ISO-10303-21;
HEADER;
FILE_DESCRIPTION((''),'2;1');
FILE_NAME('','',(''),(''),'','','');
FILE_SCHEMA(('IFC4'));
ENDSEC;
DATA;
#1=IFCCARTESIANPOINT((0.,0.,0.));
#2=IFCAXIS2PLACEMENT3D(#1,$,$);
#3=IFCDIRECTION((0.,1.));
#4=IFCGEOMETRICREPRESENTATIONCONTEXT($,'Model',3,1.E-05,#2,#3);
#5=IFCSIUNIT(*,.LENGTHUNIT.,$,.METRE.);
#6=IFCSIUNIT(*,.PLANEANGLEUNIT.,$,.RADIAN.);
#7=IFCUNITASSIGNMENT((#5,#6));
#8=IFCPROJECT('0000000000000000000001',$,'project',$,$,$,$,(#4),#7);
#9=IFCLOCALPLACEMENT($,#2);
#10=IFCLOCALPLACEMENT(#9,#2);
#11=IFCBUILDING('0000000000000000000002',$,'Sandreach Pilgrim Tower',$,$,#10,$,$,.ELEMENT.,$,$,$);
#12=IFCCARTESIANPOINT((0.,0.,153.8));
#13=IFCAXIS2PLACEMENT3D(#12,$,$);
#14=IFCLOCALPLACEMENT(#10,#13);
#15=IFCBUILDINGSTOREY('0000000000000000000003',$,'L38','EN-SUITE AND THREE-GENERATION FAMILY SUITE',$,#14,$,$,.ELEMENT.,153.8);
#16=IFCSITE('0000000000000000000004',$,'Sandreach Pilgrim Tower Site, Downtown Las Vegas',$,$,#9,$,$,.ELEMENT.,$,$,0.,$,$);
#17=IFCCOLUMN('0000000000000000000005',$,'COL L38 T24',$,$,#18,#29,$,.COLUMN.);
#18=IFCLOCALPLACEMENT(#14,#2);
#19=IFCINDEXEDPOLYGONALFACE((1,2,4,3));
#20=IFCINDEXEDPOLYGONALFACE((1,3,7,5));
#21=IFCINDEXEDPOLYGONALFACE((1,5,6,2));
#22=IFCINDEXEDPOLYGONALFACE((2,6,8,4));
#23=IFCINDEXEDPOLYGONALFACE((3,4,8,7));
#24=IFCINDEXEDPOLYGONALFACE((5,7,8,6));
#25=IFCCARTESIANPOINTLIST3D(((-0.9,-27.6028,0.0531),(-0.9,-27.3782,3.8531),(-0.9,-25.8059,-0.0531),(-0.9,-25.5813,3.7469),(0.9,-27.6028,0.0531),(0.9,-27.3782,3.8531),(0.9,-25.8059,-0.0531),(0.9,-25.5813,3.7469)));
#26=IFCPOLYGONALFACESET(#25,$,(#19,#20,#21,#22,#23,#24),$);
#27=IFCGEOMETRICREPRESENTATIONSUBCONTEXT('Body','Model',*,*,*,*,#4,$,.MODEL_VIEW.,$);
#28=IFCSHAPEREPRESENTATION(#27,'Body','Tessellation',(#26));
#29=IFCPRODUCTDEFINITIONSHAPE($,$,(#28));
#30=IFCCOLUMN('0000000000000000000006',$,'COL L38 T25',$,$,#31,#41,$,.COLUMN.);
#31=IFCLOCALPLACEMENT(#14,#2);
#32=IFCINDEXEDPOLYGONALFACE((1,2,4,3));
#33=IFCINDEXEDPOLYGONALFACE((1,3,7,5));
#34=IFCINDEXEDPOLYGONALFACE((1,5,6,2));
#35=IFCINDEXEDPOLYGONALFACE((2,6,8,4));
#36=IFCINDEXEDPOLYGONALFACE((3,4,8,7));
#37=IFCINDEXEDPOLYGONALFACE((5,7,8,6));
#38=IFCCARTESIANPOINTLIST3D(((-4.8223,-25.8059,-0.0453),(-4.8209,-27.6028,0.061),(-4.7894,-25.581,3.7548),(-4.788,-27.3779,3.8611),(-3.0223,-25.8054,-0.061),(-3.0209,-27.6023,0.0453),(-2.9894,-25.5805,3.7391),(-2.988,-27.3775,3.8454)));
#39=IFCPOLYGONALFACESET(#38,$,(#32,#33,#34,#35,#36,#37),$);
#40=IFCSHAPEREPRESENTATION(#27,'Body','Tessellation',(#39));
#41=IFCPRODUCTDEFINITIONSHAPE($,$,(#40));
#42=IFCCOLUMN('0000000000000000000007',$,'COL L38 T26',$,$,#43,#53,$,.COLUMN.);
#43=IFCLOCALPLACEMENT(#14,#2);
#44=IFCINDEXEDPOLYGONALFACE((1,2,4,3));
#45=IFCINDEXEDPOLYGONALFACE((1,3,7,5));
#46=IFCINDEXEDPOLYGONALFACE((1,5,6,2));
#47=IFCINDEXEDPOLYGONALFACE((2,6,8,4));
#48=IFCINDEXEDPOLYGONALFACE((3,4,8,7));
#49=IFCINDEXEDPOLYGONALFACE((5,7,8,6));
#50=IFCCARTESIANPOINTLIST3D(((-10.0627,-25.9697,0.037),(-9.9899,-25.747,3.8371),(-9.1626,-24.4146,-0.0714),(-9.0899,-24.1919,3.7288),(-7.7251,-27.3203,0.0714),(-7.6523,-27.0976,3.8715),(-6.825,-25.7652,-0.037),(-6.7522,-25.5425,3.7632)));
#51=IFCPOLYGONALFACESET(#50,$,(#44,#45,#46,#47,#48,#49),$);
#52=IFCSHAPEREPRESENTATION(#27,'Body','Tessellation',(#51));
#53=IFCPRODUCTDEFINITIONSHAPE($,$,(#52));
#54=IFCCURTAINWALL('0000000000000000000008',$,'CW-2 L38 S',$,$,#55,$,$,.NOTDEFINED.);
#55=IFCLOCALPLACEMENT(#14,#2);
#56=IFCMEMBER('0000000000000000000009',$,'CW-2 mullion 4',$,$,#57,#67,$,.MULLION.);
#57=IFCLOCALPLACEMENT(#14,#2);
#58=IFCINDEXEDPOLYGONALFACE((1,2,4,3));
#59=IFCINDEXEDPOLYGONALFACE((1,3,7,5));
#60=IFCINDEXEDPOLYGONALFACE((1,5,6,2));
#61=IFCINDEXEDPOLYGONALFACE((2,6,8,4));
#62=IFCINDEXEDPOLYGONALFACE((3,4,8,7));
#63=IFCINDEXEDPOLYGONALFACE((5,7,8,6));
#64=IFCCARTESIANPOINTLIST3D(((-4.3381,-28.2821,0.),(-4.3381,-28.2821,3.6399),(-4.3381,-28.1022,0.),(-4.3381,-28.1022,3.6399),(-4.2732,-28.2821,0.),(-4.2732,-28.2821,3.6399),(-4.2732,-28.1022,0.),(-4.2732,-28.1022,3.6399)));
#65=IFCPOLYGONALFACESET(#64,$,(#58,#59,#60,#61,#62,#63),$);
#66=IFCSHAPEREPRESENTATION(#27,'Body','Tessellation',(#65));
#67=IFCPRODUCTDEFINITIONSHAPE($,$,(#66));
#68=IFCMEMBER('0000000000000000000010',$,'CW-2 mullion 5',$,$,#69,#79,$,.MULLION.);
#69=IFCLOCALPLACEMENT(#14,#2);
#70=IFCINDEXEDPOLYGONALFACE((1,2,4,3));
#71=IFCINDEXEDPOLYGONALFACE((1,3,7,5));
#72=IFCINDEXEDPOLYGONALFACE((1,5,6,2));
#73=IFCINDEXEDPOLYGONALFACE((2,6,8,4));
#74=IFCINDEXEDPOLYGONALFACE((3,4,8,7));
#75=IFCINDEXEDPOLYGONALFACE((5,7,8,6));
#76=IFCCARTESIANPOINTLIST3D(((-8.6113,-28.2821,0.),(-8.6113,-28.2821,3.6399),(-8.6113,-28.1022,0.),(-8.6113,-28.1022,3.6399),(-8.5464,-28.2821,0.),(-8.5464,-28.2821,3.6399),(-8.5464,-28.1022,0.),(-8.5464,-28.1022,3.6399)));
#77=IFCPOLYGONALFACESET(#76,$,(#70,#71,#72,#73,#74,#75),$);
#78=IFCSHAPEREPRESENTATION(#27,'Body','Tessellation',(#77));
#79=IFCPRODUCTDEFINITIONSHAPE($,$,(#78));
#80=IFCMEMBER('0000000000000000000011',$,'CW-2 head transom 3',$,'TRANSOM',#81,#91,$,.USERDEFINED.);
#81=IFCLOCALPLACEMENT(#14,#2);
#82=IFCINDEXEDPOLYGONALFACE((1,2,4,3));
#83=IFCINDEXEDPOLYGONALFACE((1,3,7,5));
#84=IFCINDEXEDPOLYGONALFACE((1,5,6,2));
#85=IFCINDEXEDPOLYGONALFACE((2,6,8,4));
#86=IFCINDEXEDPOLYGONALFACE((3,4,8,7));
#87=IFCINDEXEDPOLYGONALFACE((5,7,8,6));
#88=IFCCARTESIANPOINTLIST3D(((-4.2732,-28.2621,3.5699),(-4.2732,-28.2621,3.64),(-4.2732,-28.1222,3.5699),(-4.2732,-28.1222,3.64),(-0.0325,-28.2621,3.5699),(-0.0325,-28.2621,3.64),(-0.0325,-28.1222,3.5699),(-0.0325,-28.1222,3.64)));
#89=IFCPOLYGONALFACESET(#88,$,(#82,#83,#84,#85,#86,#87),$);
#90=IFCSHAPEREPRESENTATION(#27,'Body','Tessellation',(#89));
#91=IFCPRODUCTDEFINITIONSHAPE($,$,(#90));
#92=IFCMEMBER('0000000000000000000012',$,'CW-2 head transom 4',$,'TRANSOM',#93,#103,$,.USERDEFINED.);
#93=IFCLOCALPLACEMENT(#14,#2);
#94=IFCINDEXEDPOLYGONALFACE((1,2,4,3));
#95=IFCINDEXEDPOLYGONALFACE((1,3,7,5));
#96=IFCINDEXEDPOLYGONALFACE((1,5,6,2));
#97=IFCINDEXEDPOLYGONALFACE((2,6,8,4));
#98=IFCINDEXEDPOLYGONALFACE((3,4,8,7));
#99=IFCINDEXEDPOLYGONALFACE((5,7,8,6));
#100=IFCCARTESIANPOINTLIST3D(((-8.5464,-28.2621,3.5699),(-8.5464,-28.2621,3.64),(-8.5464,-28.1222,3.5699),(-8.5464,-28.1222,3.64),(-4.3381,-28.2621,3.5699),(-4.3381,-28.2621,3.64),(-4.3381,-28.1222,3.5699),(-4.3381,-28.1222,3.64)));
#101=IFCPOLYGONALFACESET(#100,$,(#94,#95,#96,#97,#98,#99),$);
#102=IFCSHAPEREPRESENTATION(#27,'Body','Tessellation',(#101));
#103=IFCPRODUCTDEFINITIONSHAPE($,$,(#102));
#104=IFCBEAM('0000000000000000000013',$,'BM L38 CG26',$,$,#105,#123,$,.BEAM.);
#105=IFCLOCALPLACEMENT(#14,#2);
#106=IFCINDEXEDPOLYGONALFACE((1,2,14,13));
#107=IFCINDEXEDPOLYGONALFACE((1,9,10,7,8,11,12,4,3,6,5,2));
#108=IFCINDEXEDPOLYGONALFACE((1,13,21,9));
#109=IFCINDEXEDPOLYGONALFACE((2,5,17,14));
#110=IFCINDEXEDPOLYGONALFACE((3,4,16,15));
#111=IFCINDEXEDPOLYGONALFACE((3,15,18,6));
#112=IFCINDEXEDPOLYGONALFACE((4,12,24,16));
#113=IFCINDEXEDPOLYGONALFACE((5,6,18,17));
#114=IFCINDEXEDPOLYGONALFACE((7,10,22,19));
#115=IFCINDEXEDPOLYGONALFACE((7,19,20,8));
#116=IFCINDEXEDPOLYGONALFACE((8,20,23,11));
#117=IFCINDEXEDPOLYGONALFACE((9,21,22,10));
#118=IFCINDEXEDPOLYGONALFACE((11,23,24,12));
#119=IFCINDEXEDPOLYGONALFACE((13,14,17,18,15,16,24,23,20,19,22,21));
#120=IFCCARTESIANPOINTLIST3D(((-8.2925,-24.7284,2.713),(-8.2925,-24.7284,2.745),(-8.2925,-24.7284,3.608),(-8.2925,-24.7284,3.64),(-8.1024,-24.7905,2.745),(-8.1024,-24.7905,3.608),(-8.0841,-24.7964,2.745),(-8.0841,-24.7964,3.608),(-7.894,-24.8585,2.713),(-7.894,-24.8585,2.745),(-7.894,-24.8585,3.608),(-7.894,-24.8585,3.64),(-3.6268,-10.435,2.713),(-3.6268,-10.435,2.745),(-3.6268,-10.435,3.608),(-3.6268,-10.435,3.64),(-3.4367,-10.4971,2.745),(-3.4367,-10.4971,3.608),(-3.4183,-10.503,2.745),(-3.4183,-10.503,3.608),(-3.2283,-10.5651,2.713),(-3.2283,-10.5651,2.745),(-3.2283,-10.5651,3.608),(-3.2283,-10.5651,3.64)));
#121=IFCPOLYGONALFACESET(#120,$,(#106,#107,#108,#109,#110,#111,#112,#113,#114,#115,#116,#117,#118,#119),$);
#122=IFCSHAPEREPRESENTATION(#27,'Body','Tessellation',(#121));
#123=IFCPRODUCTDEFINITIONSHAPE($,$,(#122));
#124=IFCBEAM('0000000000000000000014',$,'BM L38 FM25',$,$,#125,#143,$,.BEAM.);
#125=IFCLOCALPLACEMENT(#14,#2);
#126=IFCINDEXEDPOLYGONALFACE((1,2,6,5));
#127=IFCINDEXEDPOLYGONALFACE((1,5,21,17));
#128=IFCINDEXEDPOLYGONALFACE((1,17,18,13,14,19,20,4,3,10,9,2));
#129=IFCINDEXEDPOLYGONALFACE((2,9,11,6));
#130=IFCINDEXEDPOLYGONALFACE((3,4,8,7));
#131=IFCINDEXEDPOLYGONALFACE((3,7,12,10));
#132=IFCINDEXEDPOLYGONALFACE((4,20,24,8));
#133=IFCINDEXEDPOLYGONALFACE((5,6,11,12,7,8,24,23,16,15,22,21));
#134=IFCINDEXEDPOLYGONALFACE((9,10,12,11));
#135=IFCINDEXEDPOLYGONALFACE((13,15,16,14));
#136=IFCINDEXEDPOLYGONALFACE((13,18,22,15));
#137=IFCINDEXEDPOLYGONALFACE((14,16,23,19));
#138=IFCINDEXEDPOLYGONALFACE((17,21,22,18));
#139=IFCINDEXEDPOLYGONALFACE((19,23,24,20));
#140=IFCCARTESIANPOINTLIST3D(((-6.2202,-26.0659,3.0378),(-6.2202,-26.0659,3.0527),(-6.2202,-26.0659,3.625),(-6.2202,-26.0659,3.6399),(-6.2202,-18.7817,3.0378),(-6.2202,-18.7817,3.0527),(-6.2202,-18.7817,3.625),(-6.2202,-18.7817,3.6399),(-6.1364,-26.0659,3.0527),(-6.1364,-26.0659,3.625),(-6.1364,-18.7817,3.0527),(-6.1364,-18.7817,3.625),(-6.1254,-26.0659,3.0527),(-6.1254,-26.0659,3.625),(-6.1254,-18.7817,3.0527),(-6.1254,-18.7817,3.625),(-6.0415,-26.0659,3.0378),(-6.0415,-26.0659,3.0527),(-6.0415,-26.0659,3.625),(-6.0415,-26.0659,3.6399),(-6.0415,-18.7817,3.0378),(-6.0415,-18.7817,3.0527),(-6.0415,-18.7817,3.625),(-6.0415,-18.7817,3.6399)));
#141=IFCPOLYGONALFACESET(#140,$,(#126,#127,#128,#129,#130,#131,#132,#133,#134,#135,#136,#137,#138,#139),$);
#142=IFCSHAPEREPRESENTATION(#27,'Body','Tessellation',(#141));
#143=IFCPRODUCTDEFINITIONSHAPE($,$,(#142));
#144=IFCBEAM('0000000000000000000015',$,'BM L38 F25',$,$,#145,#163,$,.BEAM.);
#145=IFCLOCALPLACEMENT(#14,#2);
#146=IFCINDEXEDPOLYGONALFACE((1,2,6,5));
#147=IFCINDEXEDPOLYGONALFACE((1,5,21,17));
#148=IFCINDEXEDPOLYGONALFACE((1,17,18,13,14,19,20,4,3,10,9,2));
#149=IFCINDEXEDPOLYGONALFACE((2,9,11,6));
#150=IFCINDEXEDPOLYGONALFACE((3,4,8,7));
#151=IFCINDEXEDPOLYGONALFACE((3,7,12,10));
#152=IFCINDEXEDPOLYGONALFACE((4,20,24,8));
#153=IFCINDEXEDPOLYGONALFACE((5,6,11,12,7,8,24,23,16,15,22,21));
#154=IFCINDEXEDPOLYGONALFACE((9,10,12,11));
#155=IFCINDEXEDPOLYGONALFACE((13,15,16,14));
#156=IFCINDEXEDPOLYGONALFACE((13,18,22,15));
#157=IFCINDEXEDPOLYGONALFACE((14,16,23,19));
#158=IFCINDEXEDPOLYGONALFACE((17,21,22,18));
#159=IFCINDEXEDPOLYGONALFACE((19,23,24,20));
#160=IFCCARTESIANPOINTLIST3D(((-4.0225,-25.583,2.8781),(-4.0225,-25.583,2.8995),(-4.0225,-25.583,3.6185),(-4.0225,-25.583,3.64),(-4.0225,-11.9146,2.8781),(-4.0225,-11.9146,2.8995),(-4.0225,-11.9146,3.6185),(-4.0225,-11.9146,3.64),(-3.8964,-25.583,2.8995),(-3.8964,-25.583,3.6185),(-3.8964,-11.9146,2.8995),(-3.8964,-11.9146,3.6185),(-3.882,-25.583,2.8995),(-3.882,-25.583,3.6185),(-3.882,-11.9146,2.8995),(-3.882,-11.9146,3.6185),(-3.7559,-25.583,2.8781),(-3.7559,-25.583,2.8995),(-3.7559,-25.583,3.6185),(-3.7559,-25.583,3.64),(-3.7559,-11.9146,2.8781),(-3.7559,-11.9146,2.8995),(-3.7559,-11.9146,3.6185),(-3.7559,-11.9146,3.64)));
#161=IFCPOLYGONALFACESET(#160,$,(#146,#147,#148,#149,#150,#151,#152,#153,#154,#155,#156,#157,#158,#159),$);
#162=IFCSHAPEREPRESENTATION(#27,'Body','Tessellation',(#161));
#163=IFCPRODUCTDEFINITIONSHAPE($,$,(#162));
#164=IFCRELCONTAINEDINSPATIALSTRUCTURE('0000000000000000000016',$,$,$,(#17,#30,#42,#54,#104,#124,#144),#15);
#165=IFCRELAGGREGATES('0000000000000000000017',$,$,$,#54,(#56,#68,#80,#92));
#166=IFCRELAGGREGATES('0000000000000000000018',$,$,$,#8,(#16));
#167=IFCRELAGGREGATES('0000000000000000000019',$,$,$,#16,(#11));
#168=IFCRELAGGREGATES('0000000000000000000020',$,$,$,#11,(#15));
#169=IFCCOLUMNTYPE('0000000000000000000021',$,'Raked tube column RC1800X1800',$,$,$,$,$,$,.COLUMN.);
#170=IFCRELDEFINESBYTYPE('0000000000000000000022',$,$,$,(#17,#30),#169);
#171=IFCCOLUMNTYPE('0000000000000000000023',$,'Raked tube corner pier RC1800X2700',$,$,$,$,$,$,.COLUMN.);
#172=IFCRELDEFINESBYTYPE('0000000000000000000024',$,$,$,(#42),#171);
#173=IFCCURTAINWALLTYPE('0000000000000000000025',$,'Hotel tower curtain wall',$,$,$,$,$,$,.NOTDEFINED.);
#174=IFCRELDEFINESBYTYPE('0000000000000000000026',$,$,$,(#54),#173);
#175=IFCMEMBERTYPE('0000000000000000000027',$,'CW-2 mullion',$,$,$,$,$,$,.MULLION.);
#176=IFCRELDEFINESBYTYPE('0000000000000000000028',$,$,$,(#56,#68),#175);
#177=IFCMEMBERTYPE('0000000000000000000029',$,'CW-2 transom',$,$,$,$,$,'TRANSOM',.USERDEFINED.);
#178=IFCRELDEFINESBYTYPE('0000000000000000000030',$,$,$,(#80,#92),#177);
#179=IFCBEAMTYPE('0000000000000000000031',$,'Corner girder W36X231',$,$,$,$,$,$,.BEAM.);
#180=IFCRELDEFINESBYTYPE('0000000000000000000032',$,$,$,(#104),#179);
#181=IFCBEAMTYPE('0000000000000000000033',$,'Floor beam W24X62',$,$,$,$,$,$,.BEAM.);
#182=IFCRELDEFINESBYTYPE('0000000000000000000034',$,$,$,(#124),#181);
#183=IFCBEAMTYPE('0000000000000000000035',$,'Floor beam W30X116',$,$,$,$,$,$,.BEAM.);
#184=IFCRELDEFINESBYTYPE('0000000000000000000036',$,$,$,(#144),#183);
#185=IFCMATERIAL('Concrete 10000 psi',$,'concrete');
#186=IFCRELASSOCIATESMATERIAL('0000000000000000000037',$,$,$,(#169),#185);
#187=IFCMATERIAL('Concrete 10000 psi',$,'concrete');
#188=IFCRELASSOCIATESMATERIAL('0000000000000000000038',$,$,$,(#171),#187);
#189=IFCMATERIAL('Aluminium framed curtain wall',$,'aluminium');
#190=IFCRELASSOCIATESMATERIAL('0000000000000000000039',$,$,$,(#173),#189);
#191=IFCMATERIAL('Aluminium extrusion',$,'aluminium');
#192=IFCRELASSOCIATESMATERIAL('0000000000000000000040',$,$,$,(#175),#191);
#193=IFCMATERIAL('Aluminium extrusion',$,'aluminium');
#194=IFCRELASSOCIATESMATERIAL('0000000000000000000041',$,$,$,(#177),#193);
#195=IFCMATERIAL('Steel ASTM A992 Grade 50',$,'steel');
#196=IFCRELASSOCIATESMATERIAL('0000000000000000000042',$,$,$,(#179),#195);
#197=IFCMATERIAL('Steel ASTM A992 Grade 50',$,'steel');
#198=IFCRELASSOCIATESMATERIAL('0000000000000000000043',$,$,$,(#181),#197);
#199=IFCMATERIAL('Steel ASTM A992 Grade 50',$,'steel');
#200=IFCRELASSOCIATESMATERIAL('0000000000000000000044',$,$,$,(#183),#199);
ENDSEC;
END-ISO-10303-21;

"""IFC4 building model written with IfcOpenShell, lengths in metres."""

from ifc_helpers import new_model, si_unit, direction, frame, origin, origin_2d, place, context, subcontext, project, spatial, rectangle, i_section, extrude, material, material_profile, profile_set, type_object, element, aggregate, save


model = new_model("IFC4")

# Units and contexts
model_context = context("Model", 3, precision=1e-05, world=origin(), true_north=direction((0.0, 1.0)))
body_context = subcontext(model_context, "Body", "Model", "MODEL_VIEW")
ifc_project = project(units=[si_unit("LENGTHUNIT", "METRE"), si_unit("PLANEANGLEUNIT", "RADIAN")], contexts=[model_context])

# Site, building, storey
site_placement = place(None, origin())
site = spatial("IfcSite", under=ifc_project, at=site_placement, Name="Sandreach Pilgrim Tower Site, Downtown Las Vegas", CompositionType="ELEMENT", RefElevation=0.0)
building_placement = place(site_placement, origin())
building = spatial("IfcBuilding", under=site, at=building_placement, Name="Sandreach Pilgrim Tower", CompositionType="ELEMENT")
storey_placement = place(building_placement, frame((0.0, 0.0, 153.8)))
storey = spatial("IfcBuildingStorey", under=building, at=storey_placement, Name="L38", Description="EN-SUITE AND THREE-GENERATION FAMILY SUITE", CompositionType="ELEMENT", Elevation=153.8)

# Columns
ifc_material_1 = material(Name="Concrete 10000 psi", Category="concrete")
ifc_material_profile_1 = material_profile(ifc_material_1, rectangle(XDim=1.8, YDim=1.8, at=origin_2d()), Name="RC1800X1800")
ifc_profile_set_1 = profile_set([ifc_material_profile_1], Name="Concrete 10000 psi")
column_type_1 = type_object("IfcColumnType", Name="Raked tube column RC1800X1800", PredefinedType="COLUMN", material=ifc_profile_set_1)
column_1_placement = place(storey_placement, frame((0.0, -26.7043, 0.0), z_axis=(0.0, 0.059004, 0.998258), x_axis=(0.0, -0.998258, 0.059004)))
element("IfcColumn", 1, at=column_1_placement, inside=storey, type_object=column_type_1, Name="COL L38 T24", PredefinedType="COLUMN", context=body_context, shape_type="SweptSolid", body=[
    extrude(rectangle(XDim=1.8, YDim=1.8, at=origin_2d()), origin(), (0.0, 0.0, 1.0), 3.8066),
])
column_2_placement = place(storey_placement, frame((-3.9216, -26.7041, 0.0), z_axis=(0.008658, 0.059066, 0.998217), x_axis=(0.000785, -0.998254, 0.059061)))
element("IfcColumn", 2, at=column_2_placement, inside=storey, type_object=column_type_1, Name="COL L38 T25", PredefinedType="COLUMN", context=body_context, shape_type="SweptSolid", body=[
    extrude(rectangle(XDim=1.8, YDim=1.8, at=origin_2d()), origin(), (0.0, 0.0, 1.0), 3.8069),
])
ifc_material_2 = material(Name="Concrete 10000 psi", Category="concrete")
ifc_material_profile_2 = material_profile(ifc_material_2, rectangle(XDim=1.8, YDim=2.7, at=origin_2d()), Name="RC1800X2700")
ifc_profile_set_2 = profile_set([ifc_material_profile_2], Name="Concrete 10000 psi")
column_type_2 = type_object("IfcColumnType", Name="Raked tube corner pier RC1800X2700", PredefinedType="COLUMN", material=ifc_profile_set_2)
column_3_placement = place(storey_placement, frame((-8.4438, -25.8674, 0.0), z_axis=(0.019109, 0.058482, 0.998106), x_axis=(-0.500013, -0.863924, 0.060193)))
element("IfcColumn", 3, at=column_3_placement, inside=storey, type_object=column_type_2, Name="COL L38 T26", PredefinedType="COLUMN", context=body_context, shape_type="SweptSolid", body=[
    extrude(rectangle(XDim=1.8, YDim=2.7, at=origin_2d()), origin(), (0.0, 0.0, 1.0), 3.8074),
])

# Curtain wall, members
ifc_material_3 = material(Name="Aluminium framed curtain wall", Category="aluminium")
curtain_wall_type = type_object("IfcCurtainWallType", Name="Hotel tower curtain wall", PredefinedType="NOTDEFINED", material=ifc_material_3)
curtain_wall_placement = place(storey_placement, origin())
curtain_wall = element("IfcCurtainWall", 4, at=curtain_wall_placement, inside=storey, type_object=curtain_wall_type, Name="CW-2 L38 S", PredefinedType="NOTDEFINED")
ifc_material_4 = material(Name="Aluminium extrusion", Category="aluminium")
ifc_material_profile_3 = material_profile(ifc_material_4, rectangle(XDim=0.0649, YDim=0.1799, at=origin_2d()), Name="CW-2M 65X180")
ifc_profile_set_3 = profile_set([ifc_material_profile_3], Name="Aluminium extrusion")
member_type_1 = type_object("IfcMemberType", Name="CW-2 mullion", PredefinedType="MULLION", material=ifc_profile_set_3)
member_1_placement = place(storey_placement, frame((-4.3057, -28.1921, 0.0), z_axis=(0.0, 0.0, 1.0), x_axis=(-1.0, 0.0, 0.0)))
member_1 = element("IfcMember", 5, at=member_1_placement, type_object=member_type_1, Name="CW-2 mullion 4", PredefinedType="MULLION", context=body_context, shape_type="SweptSolid", body=[
    extrude(rectangle(XDim=0.0649, YDim=0.1799, at=origin_2d()), origin(), (0.0, 0.0, 1.0), 3.6399),
])
member_2_placement = place(storey_placement, frame((-8.5789, -28.1921, 0.0), z_axis=(0.0, 0.0, 1.0), x_axis=(-1.0, 0.0, 0.0)))
member_2 = element("IfcMember", 6, at=member_2_placement, type_object=member_type_1, Name="CW-2 mullion 5", PredefinedType="MULLION", context=body_context, shape_type="SweptSolid", body=[
    extrude(rectangle(XDim=0.0649, YDim=0.1799, at=origin_2d()), origin(), (0.0, 0.0, 1.0), 3.6399),
])
ifc_material_5 = material(Name="Aluminium extrusion", Category="aluminium")
ifc_material_profile_4 = material_profile(ifc_material_5, rectangle(XDim=0.1399, YDim=0.0701, at=origin_2d()), Name="CW-2T 140X70")
ifc_profile_set_4 = profile_set([ifc_material_profile_4], Name="Aluminium extrusion")
member_type_2 = type_object("IfcMemberType", Name="CW-2 transom", ElementType="TRANSOM", PredefinedType="USERDEFINED", material=ifc_profile_set_4)
member_3_placement = place(storey_placement, frame((-0.0325, -28.1921, 3.605), z_axis=(-1.0, 0.0, 0.0), x_axis=(0.0, -1.0, 0.0)))
member_3 = element("IfcMember", 7, at=member_3_placement, type_object=member_type_2, Name="CW-2 head transom 3", ObjectType="TRANSOM", PredefinedType="USERDEFINED", context=body_context, shape_type="SweptSolid", body=[
    extrude(rectangle(XDim=0.1399, YDim=0.0701, at=origin_2d()), origin(), (0.0, 0.0, 1.0), 4.2407),
])
member_4_placement = place(storey_placement, frame((-4.3381, -28.1921, 3.605), z_axis=(-1.0, 0.0, 0.0), x_axis=(0.0, -1.0, 0.0)))
member_4 = element("IfcMember", 8, at=member_4_placement, type_object=member_type_2, Name="CW-2 head transom 4", ObjectType="TRANSOM", PredefinedType="USERDEFINED", context=body_context, shape_type="SweptSolid", body=[
    extrude(rectangle(XDim=0.1399, YDim=0.0701, at=origin_2d()), origin(), (0.0, 0.0, 1.0), 4.2083),
])

# Beams
ifc_material_6 = material(Name="Steel ASTM A992 Grade 50", Category="steel")
ifc_material_profile_5 = material_profile(ifc_material_6, i_section(OverallWidth=0.4192, OverallDepth=0.927, WebThickness=0.0193, FlangeThickness=0.032, at=origin_2d()), Name="W36X231")
ifc_profile_set_5 = profile_set([ifc_material_profile_5], Name="Steel ASTM A992 Grade 50")
beam_type_1 = type_object("IfcBeamType", Name="Corner girder W36X231", PredefinedType="BEAM", material=ifc_profile_set_5)
beam_1_placement = place(storey_placement, frame((-8.0933, -24.7935, 3.1765), z_axis=(0.310313, 0.950634, 0.0), x_axis=(-0.950634, 0.310313, 0.0)))
element("IfcBeam", 9, at=beam_1_placement, inside=storey, type_object=beam_type_1, Name="BM L38 CG26", PredefinedType="BEAM", context=body_context, shape_type="SweptSolid", body=[
    extrude(i_section(OverallWidth=0.4192, OverallDepth=0.927, WebThickness=0.0193, FlangeThickness=0.032, at=origin_2d()), origin(), (0.0, 0.0, 1.0), 15.0356),
])
ifc_material_7 = material(Name="Steel ASTM A992 Grade 50", Category="steel")
ifc_material_profile_6 = material_profile(ifc_material_7, i_section(OverallWidth=0.1787, OverallDepth=0.6021, WebThickness=0.011, FlangeThickness=0.0149, at=origin_2d()), Name="W24X62")
ifc_profile_set_6 = profile_set([ifc_material_profile_6], Name="Steel ASTM A992 Grade 50")
beam_type_2 = type_object("IfcBeamType", Name="Floor beam W24X62", PredefinedType="BEAM", material=ifc_profile_set_6)
beam_2_placement = place(storey_placement, frame((-6.1309, -26.0659, 3.3389), z_axis=(0.0, 1.0, 0.0), x_axis=(-1.0, 0.0, 0.0)))
element("IfcBeam", 10, at=beam_2_placement, inside=storey, type_object=beam_type_2, Name="BM L38 FM25", PredefinedType="BEAM", context=body_context, shape_type="SweptSolid", body=[
    extrude(i_section(OverallWidth=0.1787, OverallDepth=0.6021, WebThickness=0.011, FlangeThickness=0.0149, at=origin_2d()), origin(), (0.0, 0.0, 1.0), 7.2842),
])
ifc_material_8 = material(Name="Steel ASTM A992 Grade 50", Category="steel")
ifc_material_profile_7 = material_profile(ifc_material_8, i_section(OverallWidth=0.2666, OverallDepth=0.762, WebThickness=0.0144, FlangeThickness=0.0215, at=origin_2d()), Name="W30X116")
ifc_profile_set_7 = profile_set([ifc_material_profile_7], Name="Steel ASTM A992 Grade 50")
beam_type_3 = type_object("IfcBeamType", Name="Floor beam W30X116", PredefinedType="BEAM", material=ifc_profile_set_7)
beam_3_placement = place(storey_placement, frame((-3.8892, -25.583, 3.259), z_axis=(0.0, 1.0, 0.0), x_axis=(-1.0, 0.0, 0.0)))
element("IfcBeam", 11, at=beam_3_placement, inside=storey, type_object=beam_type_3, Name="BM L38 F25", PredefinedType="BEAM", context=body_context, shape_type="SweptSolid", body=[
    extrude(i_section(OverallWidth=0.2666, OverallDepth=0.762, WebThickness=0.0144, FlangeThickness=0.0215, at=origin_2d()), origin(), (0.0, 0.0, 1.0), 13.6685),
])

aggregate(curtain_wall, [member_1, member_2, member_3, member_4])

save(model, "model.ifc")
